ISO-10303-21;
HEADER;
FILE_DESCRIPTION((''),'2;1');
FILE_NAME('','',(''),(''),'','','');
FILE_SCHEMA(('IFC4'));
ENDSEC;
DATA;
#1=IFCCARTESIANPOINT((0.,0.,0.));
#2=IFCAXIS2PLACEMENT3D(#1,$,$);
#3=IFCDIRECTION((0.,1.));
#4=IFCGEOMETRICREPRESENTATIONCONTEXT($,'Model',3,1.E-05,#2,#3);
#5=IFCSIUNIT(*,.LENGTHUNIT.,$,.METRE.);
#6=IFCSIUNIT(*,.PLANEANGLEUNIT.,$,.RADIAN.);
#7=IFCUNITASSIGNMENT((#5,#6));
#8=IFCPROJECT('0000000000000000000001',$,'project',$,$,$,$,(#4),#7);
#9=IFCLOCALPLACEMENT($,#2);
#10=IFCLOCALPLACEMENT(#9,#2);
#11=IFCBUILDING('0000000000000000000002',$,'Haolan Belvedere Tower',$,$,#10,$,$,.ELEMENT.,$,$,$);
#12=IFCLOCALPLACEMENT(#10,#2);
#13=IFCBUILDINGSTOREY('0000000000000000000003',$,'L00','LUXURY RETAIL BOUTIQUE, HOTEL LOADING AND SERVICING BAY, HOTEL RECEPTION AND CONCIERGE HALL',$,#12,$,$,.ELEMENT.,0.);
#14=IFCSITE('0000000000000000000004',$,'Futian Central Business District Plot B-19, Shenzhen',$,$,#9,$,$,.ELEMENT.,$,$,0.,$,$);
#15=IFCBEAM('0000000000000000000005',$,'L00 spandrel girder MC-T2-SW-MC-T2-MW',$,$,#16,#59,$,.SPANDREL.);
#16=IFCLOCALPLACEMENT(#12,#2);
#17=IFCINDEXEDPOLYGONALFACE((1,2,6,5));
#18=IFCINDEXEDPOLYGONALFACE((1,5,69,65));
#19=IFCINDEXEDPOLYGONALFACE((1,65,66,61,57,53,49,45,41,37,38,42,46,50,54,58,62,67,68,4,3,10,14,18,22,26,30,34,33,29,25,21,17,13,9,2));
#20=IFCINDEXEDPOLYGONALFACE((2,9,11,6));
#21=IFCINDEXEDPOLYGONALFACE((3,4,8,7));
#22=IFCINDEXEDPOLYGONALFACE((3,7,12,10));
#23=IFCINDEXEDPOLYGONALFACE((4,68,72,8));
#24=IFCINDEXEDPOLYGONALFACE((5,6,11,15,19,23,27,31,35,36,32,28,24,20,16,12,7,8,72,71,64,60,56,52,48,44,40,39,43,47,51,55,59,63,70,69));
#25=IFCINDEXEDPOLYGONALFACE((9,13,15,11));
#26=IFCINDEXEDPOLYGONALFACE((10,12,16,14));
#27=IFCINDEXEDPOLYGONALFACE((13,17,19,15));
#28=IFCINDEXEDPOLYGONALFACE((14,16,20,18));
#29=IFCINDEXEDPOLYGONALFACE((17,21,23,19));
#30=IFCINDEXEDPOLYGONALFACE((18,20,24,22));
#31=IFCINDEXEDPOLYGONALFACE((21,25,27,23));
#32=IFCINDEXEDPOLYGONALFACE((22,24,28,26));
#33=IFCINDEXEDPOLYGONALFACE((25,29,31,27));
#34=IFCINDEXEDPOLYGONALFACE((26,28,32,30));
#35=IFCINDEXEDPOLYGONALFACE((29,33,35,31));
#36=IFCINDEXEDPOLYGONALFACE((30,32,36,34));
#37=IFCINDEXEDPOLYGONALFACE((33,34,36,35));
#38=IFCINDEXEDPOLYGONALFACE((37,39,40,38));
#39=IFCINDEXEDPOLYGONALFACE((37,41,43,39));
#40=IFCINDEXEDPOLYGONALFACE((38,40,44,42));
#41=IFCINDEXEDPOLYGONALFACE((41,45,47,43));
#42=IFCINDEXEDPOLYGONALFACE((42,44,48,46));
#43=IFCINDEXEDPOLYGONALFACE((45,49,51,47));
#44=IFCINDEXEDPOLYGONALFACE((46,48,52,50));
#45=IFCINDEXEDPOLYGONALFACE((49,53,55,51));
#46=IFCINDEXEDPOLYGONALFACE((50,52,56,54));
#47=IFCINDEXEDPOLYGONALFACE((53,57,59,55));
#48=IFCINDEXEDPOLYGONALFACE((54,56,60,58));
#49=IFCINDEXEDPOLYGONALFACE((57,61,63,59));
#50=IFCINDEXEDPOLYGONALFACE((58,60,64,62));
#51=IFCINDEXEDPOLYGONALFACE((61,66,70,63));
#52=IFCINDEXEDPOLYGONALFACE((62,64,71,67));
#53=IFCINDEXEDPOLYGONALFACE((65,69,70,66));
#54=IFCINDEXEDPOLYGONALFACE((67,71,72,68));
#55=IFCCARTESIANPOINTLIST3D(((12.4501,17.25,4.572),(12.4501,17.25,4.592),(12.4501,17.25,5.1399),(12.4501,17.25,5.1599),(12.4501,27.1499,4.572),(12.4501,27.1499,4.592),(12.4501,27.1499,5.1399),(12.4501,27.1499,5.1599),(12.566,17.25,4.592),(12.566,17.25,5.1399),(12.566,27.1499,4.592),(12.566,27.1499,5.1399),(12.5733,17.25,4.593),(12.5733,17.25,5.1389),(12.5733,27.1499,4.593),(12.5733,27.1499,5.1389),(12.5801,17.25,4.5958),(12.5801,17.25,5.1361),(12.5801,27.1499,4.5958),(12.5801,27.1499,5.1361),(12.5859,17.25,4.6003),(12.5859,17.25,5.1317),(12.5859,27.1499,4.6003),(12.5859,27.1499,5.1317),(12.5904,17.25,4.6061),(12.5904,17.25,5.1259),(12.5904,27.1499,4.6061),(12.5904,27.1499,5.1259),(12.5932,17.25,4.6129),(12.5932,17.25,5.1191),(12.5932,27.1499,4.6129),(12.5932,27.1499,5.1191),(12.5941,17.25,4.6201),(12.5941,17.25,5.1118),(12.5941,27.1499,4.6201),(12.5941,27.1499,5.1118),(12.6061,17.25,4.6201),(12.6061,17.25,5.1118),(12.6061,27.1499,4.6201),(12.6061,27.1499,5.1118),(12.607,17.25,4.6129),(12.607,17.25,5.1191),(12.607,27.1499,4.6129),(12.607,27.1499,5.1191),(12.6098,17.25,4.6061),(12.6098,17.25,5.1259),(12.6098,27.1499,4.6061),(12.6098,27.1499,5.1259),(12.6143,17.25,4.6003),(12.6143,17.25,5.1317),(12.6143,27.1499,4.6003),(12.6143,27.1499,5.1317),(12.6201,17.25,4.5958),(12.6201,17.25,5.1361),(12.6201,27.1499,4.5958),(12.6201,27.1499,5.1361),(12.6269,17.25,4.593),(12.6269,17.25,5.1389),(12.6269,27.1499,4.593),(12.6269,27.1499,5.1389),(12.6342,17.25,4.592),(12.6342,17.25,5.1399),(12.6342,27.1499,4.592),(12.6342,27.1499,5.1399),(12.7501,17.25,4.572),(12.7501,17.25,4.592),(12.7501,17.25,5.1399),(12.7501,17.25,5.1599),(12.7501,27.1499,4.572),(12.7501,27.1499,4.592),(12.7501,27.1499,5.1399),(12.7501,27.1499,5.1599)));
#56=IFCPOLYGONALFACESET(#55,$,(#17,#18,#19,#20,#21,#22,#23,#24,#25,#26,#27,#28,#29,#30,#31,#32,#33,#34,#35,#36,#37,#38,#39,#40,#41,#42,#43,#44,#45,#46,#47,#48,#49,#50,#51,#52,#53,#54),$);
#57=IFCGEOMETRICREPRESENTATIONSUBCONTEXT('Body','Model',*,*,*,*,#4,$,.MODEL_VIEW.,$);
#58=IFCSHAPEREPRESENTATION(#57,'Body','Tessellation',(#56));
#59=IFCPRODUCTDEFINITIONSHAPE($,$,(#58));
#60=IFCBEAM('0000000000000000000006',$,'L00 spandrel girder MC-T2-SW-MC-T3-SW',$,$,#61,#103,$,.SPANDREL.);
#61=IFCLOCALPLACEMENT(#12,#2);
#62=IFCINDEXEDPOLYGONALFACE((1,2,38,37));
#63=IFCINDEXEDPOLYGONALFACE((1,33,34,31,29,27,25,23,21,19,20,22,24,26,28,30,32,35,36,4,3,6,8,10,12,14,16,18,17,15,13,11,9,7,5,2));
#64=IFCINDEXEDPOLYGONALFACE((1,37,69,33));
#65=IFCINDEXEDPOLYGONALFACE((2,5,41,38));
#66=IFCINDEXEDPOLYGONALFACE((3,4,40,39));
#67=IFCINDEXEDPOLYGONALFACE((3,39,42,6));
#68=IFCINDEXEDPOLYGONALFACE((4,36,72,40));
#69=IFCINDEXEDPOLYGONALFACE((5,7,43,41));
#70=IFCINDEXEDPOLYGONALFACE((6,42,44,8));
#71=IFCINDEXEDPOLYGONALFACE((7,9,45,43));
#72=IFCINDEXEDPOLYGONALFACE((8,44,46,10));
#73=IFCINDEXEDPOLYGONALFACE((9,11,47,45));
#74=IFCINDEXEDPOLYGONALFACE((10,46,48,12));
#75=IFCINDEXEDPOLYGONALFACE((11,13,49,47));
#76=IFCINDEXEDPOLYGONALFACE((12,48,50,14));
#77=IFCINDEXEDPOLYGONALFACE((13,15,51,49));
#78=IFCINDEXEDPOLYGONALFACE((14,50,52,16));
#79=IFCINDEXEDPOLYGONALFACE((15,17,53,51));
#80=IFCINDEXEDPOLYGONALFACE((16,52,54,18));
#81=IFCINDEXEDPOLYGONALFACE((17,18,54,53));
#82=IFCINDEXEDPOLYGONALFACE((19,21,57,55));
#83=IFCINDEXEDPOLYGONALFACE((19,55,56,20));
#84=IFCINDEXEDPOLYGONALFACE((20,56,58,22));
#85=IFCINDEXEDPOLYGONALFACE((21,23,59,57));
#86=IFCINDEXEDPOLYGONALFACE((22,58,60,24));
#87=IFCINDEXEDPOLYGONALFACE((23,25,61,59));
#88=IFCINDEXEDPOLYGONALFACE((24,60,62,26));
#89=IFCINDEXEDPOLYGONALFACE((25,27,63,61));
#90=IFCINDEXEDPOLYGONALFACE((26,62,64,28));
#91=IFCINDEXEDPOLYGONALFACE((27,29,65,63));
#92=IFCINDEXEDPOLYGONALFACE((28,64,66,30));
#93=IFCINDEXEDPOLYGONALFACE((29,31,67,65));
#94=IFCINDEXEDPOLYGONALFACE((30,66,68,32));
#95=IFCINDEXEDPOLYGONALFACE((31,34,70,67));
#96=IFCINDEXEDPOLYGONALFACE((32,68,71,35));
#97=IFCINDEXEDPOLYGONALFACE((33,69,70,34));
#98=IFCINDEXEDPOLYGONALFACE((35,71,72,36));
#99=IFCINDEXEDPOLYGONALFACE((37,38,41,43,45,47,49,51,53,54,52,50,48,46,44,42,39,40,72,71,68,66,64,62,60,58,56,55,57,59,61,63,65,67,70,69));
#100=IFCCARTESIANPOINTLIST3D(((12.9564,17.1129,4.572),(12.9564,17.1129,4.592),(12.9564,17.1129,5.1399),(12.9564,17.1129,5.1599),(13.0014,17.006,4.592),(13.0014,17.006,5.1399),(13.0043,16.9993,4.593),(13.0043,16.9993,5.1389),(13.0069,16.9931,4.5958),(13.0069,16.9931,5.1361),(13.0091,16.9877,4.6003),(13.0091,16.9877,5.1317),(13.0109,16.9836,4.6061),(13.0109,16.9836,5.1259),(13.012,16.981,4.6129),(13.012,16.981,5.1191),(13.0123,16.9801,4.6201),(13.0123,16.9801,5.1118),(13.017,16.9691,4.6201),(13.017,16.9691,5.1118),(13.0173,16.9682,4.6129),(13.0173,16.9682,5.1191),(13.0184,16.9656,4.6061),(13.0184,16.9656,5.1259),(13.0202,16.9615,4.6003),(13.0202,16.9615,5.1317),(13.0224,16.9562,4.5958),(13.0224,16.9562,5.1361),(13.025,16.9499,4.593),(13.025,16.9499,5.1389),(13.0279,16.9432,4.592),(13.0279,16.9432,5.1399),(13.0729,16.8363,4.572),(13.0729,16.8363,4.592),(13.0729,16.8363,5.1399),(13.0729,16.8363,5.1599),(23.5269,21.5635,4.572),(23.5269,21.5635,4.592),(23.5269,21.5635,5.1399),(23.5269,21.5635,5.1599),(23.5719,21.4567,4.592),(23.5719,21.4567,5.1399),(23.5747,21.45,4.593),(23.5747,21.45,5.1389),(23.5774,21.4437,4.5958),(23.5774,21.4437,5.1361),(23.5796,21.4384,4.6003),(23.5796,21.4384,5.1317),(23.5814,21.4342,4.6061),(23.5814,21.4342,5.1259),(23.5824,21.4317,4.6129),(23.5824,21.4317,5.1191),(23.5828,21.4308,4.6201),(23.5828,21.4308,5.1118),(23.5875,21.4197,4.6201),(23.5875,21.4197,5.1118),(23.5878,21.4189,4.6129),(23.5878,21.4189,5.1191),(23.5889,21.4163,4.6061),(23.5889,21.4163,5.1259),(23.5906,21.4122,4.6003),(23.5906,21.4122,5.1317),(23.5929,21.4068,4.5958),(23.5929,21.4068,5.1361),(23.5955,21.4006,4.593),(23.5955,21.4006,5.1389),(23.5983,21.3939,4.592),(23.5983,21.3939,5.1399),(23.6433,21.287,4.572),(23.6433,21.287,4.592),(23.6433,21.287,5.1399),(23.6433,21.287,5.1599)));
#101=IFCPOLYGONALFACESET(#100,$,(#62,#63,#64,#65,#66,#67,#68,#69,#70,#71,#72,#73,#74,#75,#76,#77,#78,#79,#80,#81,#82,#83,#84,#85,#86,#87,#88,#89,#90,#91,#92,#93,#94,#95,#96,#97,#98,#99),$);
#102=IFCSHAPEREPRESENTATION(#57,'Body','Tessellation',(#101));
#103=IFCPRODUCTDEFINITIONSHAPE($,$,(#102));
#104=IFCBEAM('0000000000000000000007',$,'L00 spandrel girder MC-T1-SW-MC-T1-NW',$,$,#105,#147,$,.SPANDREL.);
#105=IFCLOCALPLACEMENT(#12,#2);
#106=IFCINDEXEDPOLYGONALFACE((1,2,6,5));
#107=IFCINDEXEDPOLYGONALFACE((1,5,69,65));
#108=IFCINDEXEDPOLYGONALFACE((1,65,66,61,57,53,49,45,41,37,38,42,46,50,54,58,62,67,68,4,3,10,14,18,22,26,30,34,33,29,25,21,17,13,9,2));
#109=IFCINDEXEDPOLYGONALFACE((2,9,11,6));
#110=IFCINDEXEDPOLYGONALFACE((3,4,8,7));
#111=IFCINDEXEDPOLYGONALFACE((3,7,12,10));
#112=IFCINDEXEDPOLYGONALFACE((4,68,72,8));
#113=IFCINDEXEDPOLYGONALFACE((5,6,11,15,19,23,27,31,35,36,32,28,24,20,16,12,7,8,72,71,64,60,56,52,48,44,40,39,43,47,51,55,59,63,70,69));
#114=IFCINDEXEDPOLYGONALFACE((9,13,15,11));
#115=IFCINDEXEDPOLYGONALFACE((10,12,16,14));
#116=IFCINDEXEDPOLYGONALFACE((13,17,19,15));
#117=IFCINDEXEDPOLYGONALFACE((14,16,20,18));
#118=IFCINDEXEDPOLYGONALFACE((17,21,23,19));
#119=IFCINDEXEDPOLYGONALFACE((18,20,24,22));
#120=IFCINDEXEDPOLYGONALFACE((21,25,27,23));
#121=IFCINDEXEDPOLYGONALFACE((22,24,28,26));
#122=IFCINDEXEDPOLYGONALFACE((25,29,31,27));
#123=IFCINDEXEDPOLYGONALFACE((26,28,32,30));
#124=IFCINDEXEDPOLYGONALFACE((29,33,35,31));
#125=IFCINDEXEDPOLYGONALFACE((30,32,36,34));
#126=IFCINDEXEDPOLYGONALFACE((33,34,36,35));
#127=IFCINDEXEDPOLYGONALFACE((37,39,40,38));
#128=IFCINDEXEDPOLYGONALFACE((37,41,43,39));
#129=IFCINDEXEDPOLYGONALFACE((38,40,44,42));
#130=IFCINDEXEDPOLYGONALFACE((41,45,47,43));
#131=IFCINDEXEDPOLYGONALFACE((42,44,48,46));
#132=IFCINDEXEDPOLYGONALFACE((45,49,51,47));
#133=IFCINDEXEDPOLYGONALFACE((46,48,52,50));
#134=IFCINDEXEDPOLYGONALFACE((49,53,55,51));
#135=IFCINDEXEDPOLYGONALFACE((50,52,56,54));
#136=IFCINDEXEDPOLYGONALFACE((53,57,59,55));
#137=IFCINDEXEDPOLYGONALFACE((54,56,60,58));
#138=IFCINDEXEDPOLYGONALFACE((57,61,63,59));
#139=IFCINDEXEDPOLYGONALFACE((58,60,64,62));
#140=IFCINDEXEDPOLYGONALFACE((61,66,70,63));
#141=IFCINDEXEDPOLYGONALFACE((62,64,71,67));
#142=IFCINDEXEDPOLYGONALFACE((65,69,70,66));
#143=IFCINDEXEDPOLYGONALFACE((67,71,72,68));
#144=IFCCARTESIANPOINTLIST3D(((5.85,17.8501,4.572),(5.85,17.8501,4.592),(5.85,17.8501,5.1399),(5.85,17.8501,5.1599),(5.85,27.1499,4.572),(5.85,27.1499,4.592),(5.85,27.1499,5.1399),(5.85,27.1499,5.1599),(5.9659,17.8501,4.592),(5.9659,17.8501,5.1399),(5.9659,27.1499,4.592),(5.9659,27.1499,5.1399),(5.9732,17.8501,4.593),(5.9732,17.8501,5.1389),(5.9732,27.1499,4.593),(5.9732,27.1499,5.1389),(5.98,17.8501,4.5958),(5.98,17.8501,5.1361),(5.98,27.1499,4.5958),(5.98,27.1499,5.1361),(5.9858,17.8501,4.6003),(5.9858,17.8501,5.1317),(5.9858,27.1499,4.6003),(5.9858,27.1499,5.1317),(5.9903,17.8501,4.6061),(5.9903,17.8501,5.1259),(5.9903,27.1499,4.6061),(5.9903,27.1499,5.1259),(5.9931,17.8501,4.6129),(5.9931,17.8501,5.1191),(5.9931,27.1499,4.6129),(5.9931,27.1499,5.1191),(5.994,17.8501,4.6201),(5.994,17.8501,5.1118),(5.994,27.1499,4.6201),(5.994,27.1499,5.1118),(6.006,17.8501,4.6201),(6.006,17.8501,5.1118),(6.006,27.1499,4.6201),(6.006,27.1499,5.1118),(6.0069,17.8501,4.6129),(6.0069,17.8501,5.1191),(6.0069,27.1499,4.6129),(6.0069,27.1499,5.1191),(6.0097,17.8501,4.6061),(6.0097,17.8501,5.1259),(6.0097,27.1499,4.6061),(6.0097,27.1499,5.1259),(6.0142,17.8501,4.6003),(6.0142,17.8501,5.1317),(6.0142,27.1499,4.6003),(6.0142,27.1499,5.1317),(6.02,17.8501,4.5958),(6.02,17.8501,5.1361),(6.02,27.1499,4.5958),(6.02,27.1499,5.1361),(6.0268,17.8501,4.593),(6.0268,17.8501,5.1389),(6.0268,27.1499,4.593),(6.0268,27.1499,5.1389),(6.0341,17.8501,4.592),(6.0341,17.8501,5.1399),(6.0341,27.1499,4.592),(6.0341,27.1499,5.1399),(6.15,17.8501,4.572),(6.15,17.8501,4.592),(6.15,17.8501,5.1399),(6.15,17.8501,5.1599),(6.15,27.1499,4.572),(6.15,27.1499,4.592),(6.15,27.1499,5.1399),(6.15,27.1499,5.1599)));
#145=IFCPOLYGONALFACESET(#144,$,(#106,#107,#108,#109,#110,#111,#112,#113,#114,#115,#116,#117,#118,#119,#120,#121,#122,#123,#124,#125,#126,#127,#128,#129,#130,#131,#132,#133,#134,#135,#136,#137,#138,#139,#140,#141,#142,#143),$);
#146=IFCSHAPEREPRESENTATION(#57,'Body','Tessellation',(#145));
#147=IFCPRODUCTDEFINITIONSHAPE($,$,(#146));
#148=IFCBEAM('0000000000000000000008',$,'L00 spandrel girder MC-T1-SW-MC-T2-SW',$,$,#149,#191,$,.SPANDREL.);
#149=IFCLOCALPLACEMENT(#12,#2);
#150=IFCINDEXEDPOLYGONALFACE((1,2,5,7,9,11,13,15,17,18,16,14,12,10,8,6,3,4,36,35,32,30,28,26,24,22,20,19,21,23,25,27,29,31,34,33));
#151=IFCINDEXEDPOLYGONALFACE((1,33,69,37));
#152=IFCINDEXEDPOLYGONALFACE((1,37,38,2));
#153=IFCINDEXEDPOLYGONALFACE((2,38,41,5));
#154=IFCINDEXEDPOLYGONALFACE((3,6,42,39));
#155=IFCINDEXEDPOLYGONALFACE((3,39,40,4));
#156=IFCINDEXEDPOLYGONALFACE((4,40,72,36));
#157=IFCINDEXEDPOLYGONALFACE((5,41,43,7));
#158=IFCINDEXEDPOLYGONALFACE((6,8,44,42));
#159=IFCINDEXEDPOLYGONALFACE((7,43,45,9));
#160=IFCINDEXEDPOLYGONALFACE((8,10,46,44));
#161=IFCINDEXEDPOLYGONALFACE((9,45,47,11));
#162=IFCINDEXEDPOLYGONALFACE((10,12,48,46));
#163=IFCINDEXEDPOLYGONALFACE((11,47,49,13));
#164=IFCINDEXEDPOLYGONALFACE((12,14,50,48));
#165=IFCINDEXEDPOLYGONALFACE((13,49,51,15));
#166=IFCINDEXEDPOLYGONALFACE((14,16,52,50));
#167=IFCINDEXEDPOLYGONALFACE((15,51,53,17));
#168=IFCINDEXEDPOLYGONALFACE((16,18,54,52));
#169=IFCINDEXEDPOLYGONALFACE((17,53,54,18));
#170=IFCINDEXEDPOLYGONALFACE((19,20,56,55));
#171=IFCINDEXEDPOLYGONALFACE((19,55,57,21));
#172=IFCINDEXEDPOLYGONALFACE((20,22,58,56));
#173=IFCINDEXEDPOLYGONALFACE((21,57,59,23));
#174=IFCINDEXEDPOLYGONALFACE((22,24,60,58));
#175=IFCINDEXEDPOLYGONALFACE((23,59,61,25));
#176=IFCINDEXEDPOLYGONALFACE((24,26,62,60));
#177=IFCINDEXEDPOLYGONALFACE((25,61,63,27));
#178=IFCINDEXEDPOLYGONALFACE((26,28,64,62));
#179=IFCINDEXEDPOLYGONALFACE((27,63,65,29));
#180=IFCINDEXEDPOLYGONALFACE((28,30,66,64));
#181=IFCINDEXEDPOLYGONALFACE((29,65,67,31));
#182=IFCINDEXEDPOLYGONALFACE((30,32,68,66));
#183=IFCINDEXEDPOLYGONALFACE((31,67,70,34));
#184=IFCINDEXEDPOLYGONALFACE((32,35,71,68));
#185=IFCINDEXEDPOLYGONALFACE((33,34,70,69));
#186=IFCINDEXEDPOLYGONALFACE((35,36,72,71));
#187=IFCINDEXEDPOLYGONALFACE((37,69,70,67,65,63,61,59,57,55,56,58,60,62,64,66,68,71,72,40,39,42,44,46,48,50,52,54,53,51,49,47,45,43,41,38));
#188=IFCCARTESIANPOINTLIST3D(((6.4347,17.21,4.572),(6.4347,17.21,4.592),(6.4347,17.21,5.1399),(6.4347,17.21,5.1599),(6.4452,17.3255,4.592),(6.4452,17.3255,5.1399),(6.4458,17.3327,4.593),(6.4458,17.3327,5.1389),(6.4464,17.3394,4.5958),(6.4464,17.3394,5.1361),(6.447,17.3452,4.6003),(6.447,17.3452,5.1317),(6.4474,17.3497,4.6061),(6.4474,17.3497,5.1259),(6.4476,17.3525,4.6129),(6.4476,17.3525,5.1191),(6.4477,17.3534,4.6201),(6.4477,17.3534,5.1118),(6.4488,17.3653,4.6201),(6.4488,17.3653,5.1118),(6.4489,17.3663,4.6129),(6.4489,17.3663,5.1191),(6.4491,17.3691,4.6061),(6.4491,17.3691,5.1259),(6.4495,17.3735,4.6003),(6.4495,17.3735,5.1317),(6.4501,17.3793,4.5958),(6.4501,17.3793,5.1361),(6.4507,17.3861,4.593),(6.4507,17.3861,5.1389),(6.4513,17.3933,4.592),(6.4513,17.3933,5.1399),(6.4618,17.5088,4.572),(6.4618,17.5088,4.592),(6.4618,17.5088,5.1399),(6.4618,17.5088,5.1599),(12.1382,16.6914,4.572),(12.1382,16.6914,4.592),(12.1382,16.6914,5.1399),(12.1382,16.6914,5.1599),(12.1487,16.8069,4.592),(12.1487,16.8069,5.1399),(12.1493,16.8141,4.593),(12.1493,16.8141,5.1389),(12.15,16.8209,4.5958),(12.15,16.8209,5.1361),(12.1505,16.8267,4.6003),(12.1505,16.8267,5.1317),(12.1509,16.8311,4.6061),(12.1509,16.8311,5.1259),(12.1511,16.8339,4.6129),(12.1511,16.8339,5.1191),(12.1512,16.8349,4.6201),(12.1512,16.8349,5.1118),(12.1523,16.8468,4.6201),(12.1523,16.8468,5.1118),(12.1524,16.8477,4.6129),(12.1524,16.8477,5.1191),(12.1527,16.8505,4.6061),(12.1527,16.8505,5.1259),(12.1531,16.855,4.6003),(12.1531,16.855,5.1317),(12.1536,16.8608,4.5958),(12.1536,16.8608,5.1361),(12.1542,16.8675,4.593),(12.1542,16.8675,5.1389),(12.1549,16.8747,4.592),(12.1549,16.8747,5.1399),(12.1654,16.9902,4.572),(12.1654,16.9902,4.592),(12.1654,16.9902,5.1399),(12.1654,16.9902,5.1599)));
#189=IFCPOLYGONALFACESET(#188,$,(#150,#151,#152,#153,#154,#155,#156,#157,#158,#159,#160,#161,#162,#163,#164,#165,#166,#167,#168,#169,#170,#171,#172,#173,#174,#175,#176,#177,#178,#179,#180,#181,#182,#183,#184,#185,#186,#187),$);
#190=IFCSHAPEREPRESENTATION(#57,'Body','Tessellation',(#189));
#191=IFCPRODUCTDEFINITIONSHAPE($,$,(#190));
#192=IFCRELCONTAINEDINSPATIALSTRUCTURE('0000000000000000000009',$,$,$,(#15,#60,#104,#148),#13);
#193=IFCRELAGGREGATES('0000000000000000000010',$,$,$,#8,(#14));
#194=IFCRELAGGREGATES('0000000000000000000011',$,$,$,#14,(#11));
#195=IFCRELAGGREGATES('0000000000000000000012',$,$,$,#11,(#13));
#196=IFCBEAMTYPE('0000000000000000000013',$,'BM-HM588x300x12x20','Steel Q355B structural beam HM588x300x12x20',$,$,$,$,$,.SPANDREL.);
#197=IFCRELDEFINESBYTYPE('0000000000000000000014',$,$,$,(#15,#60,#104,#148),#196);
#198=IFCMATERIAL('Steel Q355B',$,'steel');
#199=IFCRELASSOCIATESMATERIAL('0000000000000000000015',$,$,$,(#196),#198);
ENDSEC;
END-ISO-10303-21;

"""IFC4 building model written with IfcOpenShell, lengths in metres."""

from ifc_helpers import new_model, si_unit, direction, frame, origin, origin_2d, place, context, subcontext, project, spatial, i_section, extrude, material, material_profile, profile_set, type_object, element, save


model = new_model("IFC4")

# Units and contexts
model_context = context("Model", 3, precision=1e-05, world=origin(), true_north=direction((0.0, 1.0)))
body_context = subcontext(model_context, "Body", "Model", "MODEL_VIEW")
ifc_project = project(units=[si_unit("LENGTHUNIT", "METRE"), si_unit("PLANEANGLEUNIT", "RADIAN")], contexts=[model_context])

# Site, building, storey
site_placement = place(None, origin())
site = spatial("IfcSite", under=ifc_project, at=site_placement, Name="Futian Central Business District Plot B-19, Shenzhen", CompositionType="ELEMENT", RefElevation=0.0)
building_placement = place(site_placement, origin())
building = spatial("IfcBuilding", under=site, at=building_placement, Name="Haolan Belvedere Tower", CompositionType="ELEMENT")
storey_placement = place(building_placement, origin())
storey = spatial("IfcBuildingStorey", under=building, at=storey_placement, Name="L00", Description="LUXURY RETAIL BOUTIQUE, HOTEL LOADING AND SERVICING BAY, HOTEL RECEPTION AND CONCIERGE HALL", CompositionType="ELEMENT", Elevation=0.0)

# Shared definitions
ifc_material_1 = material(Name="Steel Q355B", Category="steel")

# Beams
ifc_material_profile_1 = material_profile(ifc_material_1, i_section(OverallWidth=0.3, OverallDepth=0.5879, WebThickness=0.012, FlangeThickness=0.02, FilletRadius=0.0281, at=origin_2d()), Name="Steel Q355B")
ifc_profile_set_1 = profile_set([ifc_material_profile_1], Name="Steel Q355B")
beam_type_1 = type_object("IfcBeamType", Name="BM-HM588x300x12x20", Description="Steel Q355B structural beam HM588x300x12x20", PredefinedType="SPANDREL", material=ifc_profile_set_1)
beam_1_placement = place(storey_placement, frame((12.6001, 17.25, 4.866), z_axis=(0.0, 1.0, 0.0), x_axis=(-1.0, 0.0, 0.0)))
element("IfcBeam", 1, at=beam_1_placement, inside=storey, type_object=beam_type_1, Name="L00 spandrel girder MC-T2-SW-MC-T2-MW", PredefinedType="SPANDREL", context=body_context, shape_type="SweptSolid", body=[
    extrude(i_section(OverallWidth=0.3, OverallDepth=0.5879, WebThickness=0.012, FlangeThickness=0.02, FilletRadius=0.0281, at=origin_2d()), origin(), (0.0, 0.0, 1.0), 9.8999),
])
beam_2_placement = place(storey_placement, frame((13.0146, 16.9746, 4.866), z_axis=(0.921638, 0.388051, 0.0), x_axis=(-0.388051, 0.921638, 0.0)))
element("IfcBeam", 2, at=beam_2_placement, inside=storey, type_object=beam_type_1, Name="L00 spandrel girder MC-T2-SW-MC-T3-SW", PredefinedType="SPANDREL", context=body_context, shape_type="SweptSolid", body=[
    extrude(i_section(OverallWidth=0.3, OverallDepth=0.5879, WebThickness=0.012, FlangeThickness=0.02, FilletRadius=0.0281, at=origin_2d()), origin(), (0.0, 0.0, 1.0), 11.4692),
])
beam_3_placement = place(storey_placement, frame((6.0, 17.8501, 4.866), z_axis=(0.0, 1.0, 0.0), x_axis=(-1.0, 0.0, 0.0)))
element("IfcBeam", 3, at=beam_3_placement, inside=storey, type_object=beam_type_1, Name="L00 spandrel girder MC-T1-SW-MC-T1-NW", PredefinedType="SPANDREL", context=body_context, shape_type="SweptSolid", body=[
    extrude(i_section(OverallWidth=0.3, OverallDepth=0.5879, WebThickness=0.012, FlangeThickness=0.02, FilletRadius=0.0281, at=origin_2d()), origin(), (0.0, 0.0, 1.0), 9.2998),
])
beam_4_placement = place(storey_placement, frame((6.4482, 17.3594, 4.866), z_axis=(0.995893, -0.090543, 0.0), x_axis=(0.090543, 0.995893, 0.0)))
element("IfcBeam", 4, at=beam_4_placement, inside=storey, type_object=beam_type_1, Name="L00 spandrel girder MC-T1-SW-MC-T2-SW", PredefinedType="SPANDREL", context=body_context, shape_type="SweptSolid", body=[
    extrude(i_section(OverallWidth=0.3, OverallDepth=0.5879, WebThickness=0.012, FlangeThickness=0.02, FilletRadius=0.0281, at=origin_2d()), origin(), (0.0, 0.0, 1.0), 5.7271),
])

save(model, "model.ifc")
